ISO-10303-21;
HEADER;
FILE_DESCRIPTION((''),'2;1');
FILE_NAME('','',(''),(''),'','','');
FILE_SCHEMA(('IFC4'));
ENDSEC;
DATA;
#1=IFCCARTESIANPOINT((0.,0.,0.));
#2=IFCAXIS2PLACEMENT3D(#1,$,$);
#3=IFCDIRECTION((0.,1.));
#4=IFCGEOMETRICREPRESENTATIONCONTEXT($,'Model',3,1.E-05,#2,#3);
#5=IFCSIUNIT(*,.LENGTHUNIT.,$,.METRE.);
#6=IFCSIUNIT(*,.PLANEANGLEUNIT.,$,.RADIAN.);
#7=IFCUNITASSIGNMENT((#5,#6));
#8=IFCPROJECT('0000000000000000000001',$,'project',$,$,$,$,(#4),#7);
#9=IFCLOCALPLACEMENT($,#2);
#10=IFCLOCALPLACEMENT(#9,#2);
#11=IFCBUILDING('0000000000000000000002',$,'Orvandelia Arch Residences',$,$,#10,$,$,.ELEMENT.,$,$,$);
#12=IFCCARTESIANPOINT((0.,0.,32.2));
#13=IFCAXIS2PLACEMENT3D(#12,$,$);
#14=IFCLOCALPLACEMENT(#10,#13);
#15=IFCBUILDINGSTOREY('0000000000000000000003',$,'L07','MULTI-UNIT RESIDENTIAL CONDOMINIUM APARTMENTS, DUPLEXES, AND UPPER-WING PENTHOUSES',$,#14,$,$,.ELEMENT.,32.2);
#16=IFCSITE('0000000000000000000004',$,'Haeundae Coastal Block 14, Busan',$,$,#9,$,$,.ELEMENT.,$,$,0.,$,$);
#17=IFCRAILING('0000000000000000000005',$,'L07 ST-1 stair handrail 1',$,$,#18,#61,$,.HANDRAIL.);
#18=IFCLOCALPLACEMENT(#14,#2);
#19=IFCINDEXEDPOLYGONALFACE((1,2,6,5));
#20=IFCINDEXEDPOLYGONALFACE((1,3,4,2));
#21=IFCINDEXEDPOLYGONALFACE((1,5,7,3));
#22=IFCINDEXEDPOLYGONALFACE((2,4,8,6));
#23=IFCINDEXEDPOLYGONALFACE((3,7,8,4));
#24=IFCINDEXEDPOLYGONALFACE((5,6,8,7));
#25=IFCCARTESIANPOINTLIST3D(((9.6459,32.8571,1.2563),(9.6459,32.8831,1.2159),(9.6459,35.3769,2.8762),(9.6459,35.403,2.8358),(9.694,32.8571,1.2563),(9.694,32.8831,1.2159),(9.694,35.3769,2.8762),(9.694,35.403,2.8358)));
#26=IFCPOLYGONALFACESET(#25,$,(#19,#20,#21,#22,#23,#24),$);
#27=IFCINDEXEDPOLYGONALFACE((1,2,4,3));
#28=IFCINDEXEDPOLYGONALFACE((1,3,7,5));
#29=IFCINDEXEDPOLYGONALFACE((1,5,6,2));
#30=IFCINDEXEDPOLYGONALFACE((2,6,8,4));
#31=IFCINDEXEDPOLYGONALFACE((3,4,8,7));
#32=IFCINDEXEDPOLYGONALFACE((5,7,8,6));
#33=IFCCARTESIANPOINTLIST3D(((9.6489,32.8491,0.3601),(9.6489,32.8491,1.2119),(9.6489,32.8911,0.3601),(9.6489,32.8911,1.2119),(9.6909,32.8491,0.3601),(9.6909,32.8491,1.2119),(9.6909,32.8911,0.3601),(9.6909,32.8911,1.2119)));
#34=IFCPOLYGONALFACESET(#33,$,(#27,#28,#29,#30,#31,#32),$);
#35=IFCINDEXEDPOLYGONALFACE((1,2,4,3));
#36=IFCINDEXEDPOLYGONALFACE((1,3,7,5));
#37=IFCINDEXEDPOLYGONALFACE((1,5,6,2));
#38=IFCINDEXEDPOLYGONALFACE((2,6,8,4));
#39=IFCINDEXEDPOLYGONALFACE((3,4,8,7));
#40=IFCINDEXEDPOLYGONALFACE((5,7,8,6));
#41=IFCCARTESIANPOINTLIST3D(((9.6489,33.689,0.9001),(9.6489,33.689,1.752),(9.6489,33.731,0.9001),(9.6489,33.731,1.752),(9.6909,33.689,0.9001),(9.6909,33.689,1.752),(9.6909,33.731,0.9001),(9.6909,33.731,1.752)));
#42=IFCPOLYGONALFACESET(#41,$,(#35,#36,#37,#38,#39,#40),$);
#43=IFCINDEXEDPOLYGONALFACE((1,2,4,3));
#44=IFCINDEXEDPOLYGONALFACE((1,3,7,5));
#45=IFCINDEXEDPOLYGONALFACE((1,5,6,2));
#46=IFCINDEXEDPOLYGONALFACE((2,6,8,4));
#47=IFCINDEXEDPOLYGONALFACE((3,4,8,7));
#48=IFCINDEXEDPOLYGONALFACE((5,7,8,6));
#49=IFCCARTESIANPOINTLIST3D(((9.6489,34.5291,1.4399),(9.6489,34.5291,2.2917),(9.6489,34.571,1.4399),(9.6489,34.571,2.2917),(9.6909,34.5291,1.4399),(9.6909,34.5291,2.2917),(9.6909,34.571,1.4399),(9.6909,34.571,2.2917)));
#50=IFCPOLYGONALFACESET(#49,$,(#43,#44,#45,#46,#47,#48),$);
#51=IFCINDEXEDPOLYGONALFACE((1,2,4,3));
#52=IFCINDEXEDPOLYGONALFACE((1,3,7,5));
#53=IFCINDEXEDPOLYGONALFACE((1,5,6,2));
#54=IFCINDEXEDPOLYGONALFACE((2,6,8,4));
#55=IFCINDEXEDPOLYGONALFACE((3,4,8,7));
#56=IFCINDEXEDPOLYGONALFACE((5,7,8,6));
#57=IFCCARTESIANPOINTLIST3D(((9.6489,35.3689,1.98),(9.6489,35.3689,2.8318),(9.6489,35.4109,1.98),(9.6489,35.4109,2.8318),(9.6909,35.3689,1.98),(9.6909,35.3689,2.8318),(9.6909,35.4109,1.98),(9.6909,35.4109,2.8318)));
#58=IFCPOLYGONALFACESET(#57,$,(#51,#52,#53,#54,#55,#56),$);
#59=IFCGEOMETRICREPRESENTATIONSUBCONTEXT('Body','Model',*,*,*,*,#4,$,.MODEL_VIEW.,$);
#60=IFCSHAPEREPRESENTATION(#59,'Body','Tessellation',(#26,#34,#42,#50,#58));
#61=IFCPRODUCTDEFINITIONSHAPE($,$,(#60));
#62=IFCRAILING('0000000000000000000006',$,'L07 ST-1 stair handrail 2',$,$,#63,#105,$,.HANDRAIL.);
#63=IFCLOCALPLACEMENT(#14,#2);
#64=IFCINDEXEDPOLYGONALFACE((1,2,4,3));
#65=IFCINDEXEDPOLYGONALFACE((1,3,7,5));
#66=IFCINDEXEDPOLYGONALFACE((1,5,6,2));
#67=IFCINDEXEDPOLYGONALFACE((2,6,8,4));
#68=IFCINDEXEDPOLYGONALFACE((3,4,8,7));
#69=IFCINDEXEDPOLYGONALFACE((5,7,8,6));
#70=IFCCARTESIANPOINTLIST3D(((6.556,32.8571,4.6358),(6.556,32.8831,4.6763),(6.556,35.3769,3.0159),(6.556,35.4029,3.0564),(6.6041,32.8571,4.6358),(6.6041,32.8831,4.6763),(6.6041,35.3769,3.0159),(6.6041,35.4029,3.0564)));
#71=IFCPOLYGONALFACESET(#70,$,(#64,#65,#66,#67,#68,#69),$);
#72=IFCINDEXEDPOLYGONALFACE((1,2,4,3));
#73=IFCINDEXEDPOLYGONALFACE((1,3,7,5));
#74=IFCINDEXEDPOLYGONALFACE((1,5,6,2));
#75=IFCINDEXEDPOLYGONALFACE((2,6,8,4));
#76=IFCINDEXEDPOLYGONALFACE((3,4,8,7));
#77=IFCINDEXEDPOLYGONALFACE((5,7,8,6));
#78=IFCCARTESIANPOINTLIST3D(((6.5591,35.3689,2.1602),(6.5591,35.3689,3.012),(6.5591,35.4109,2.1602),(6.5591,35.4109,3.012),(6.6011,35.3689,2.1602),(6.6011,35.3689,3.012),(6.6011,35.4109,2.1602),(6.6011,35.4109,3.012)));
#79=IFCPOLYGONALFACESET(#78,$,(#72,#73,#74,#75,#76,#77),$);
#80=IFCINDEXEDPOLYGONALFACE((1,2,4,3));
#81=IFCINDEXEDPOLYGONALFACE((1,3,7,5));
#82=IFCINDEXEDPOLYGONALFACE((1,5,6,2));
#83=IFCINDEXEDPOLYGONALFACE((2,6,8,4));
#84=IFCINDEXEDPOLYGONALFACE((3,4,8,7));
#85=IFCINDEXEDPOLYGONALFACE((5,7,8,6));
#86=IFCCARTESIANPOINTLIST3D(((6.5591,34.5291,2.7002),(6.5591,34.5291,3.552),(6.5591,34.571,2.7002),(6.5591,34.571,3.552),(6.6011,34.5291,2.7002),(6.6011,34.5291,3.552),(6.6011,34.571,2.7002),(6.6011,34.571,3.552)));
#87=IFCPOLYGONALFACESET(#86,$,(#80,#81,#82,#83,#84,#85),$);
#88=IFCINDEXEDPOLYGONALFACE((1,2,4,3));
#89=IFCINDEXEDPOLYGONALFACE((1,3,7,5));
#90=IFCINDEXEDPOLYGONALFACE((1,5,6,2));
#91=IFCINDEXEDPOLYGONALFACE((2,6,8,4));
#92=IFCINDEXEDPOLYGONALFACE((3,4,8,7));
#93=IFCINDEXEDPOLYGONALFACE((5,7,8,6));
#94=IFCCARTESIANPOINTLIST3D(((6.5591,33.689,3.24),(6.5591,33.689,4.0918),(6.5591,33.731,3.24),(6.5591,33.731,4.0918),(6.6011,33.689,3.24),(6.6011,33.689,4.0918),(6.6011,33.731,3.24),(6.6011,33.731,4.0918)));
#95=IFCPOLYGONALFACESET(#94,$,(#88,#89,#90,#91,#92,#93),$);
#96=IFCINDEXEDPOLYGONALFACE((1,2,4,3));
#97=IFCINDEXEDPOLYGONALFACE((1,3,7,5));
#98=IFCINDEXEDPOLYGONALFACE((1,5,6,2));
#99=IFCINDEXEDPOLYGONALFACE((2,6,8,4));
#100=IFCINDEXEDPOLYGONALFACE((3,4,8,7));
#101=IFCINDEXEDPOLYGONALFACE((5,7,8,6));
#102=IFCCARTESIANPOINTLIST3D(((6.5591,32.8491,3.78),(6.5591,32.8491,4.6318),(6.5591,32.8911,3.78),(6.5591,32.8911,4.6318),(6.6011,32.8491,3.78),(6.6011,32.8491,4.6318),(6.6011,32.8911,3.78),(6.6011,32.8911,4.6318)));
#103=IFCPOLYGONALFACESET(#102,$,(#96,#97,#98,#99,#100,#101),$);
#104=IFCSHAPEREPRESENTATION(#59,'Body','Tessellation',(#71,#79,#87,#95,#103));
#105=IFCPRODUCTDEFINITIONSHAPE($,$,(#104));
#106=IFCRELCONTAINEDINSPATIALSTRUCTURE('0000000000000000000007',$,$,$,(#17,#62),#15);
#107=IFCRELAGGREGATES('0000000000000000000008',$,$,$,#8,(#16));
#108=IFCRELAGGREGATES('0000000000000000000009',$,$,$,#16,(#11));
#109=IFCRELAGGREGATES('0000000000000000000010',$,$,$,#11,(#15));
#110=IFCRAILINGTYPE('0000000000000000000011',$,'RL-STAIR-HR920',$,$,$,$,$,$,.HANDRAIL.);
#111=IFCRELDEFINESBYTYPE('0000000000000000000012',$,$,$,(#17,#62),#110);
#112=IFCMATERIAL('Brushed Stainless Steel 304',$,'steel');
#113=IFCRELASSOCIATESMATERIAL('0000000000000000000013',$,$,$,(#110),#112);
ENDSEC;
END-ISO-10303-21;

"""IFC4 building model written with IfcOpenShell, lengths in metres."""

from ifc_helpers import new_model, si_unit, direction, frame, origin, origin_2d, place, context, subcontext, project, spatial, rectangle, extrude, material, type_object, element, save


model = new_model("IFC4")

# Units and contexts
model_context = context("Model", 3, precision=1e-05, world=origin(), true_north=direction((0.0, 1.0)))
body_context = subcontext(model_context, "Body", "Model", "MODEL_VIEW")
ifc_project = project(units=[si_unit("LENGTHUNIT", "METRE"), si_unit("PLANEANGLEUNIT", "RADIAN")], contexts=[model_context])

# Site, building, storey
site_placement = place(None, origin())
site = spatial("IfcSite", under=ifc_project, at=site_placement, Name="Haeundae Coastal Block 14, Busan", CompositionType="ELEMENT", RefElevation=0.0)
building_placement = place(site_placement, origin())
building = spatial("IfcBuilding", under=site, at=building_placement, Name="Orvandelia Arch Residences", CompositionType="ELEMENT")
storey_placement = place(building_placement, frame((0.0, 0.0, 32.2)))
storey = spatial("IfcBuildingStorey", under=building, at=storey_placement, Name="L07", Description="MULTI-UNIT RESIDENTIAL CONDOMINIUM APARTMENTS, DUPLEXES, AND UPPER-WING PENTHOUSES", CompositionType="ELEMENT", Elevation=32.2)

# Railings
ifc_material_1 = material(Name="Brushed Stainless Steel 304", Category="steel")
railing_type_1 = type_object("IfcRailingType", Name="RL-STAIR-HR920", PredefinedType="HANDRAIL", material=ifc_material_1)
railing_1_placement = place(storey_placement, frame((9.6699, 32.8701, 0.3601)))
element("IfcRailing", 1, at=railing_1_placement, inside=storey, type_object=railing_type_1, Name="L07 ST-1 stair handrail 1", PredefinedType="HANDRAIL", context=body_context, shape_type="SweptSolid", body=[
    extrude(rectangle(XDim=0.0481, YDim=0.0481, at=origin_2d()), frame((0.0, 0.0, 0.876), z_axis=(0.0, 0.841176, 0.540762), x_axis=(-1.0, 0.0, 0.0)), (0.0, 0.0, 1.0), 2.9956),
    extrude(rectangle(XDim=0.042, YDim=0.042, at=origin_2d()), origin(), (0.0, 0.0, 1.0), 0.8518),
    extrude(rectangle(XDim=0.042, YDim=0.042, at=origin_2d()), frame((0.0, 0.8398, 0.54)), (0.0, 0.0, 1.0), 0.8518),
    extrude(rectangle(XDim=0.042, YDim=0.042, at=origin_2d()), frame((0.0, 1.6799, 1.0798)), (0.0, 0.0, 1.0), 0.8518),
    extrude(rectangle(XDim=0.042, YDim=0.042, at=origin_2d()), frame((0.0, 2.5198, 1.6199)), (0.0, 0.0, 1.0), 0.8518),
])
railing_2_placement = place(storey_placement, frame((6.5801, 35.3899, 2.1602)))
element("IfcRailing", 2, at=railing_2_placement, inside=storey, type_object=railing_type_1, Name="L07 ST-1 stair handrail 2", PredefinedType="HANDRAIL", context=body_context, shape_type="SweptSolid", body=[
    extrude(rectangle(XDim=0.0481, YDim=0.0481, at=origin_2d()), frame((0.0, 0.0, 0.876), z_axis=(0.0, -0.841176, 0.540762), x_axis=(1.0, 0.0, 0.0)), (0.0, 0.0, 1.0), 2.9956),
    extrude(rectangle(XDim=0.042, YDim=0.042, at=origin_2d()), origin(), (0.0, 0.0, 1.0), 0.8518),
    extrude(rectangle(XDim=0.042, YDim=0.042, at=origin_2d()), frame((0.0, -0.8398, 0.54)), (0.0, 0.0, 1.0), 0.8518),
    extrude(rectangle(XDim=0.042, YDim=0.042, at=origin_2d()), frame((0.0, -1.6799, 1.0798)), (0.0, 0.0, 1.0), 0.8518),
    extrude(rectangle(XDim=0.042, YDim=0.042, at=origin_2d()), frame((0.0, -2.5198, 1.6199)), (0.0, 0.0, 1.0), 0.8518),
])

save(model, "model.ifc")
